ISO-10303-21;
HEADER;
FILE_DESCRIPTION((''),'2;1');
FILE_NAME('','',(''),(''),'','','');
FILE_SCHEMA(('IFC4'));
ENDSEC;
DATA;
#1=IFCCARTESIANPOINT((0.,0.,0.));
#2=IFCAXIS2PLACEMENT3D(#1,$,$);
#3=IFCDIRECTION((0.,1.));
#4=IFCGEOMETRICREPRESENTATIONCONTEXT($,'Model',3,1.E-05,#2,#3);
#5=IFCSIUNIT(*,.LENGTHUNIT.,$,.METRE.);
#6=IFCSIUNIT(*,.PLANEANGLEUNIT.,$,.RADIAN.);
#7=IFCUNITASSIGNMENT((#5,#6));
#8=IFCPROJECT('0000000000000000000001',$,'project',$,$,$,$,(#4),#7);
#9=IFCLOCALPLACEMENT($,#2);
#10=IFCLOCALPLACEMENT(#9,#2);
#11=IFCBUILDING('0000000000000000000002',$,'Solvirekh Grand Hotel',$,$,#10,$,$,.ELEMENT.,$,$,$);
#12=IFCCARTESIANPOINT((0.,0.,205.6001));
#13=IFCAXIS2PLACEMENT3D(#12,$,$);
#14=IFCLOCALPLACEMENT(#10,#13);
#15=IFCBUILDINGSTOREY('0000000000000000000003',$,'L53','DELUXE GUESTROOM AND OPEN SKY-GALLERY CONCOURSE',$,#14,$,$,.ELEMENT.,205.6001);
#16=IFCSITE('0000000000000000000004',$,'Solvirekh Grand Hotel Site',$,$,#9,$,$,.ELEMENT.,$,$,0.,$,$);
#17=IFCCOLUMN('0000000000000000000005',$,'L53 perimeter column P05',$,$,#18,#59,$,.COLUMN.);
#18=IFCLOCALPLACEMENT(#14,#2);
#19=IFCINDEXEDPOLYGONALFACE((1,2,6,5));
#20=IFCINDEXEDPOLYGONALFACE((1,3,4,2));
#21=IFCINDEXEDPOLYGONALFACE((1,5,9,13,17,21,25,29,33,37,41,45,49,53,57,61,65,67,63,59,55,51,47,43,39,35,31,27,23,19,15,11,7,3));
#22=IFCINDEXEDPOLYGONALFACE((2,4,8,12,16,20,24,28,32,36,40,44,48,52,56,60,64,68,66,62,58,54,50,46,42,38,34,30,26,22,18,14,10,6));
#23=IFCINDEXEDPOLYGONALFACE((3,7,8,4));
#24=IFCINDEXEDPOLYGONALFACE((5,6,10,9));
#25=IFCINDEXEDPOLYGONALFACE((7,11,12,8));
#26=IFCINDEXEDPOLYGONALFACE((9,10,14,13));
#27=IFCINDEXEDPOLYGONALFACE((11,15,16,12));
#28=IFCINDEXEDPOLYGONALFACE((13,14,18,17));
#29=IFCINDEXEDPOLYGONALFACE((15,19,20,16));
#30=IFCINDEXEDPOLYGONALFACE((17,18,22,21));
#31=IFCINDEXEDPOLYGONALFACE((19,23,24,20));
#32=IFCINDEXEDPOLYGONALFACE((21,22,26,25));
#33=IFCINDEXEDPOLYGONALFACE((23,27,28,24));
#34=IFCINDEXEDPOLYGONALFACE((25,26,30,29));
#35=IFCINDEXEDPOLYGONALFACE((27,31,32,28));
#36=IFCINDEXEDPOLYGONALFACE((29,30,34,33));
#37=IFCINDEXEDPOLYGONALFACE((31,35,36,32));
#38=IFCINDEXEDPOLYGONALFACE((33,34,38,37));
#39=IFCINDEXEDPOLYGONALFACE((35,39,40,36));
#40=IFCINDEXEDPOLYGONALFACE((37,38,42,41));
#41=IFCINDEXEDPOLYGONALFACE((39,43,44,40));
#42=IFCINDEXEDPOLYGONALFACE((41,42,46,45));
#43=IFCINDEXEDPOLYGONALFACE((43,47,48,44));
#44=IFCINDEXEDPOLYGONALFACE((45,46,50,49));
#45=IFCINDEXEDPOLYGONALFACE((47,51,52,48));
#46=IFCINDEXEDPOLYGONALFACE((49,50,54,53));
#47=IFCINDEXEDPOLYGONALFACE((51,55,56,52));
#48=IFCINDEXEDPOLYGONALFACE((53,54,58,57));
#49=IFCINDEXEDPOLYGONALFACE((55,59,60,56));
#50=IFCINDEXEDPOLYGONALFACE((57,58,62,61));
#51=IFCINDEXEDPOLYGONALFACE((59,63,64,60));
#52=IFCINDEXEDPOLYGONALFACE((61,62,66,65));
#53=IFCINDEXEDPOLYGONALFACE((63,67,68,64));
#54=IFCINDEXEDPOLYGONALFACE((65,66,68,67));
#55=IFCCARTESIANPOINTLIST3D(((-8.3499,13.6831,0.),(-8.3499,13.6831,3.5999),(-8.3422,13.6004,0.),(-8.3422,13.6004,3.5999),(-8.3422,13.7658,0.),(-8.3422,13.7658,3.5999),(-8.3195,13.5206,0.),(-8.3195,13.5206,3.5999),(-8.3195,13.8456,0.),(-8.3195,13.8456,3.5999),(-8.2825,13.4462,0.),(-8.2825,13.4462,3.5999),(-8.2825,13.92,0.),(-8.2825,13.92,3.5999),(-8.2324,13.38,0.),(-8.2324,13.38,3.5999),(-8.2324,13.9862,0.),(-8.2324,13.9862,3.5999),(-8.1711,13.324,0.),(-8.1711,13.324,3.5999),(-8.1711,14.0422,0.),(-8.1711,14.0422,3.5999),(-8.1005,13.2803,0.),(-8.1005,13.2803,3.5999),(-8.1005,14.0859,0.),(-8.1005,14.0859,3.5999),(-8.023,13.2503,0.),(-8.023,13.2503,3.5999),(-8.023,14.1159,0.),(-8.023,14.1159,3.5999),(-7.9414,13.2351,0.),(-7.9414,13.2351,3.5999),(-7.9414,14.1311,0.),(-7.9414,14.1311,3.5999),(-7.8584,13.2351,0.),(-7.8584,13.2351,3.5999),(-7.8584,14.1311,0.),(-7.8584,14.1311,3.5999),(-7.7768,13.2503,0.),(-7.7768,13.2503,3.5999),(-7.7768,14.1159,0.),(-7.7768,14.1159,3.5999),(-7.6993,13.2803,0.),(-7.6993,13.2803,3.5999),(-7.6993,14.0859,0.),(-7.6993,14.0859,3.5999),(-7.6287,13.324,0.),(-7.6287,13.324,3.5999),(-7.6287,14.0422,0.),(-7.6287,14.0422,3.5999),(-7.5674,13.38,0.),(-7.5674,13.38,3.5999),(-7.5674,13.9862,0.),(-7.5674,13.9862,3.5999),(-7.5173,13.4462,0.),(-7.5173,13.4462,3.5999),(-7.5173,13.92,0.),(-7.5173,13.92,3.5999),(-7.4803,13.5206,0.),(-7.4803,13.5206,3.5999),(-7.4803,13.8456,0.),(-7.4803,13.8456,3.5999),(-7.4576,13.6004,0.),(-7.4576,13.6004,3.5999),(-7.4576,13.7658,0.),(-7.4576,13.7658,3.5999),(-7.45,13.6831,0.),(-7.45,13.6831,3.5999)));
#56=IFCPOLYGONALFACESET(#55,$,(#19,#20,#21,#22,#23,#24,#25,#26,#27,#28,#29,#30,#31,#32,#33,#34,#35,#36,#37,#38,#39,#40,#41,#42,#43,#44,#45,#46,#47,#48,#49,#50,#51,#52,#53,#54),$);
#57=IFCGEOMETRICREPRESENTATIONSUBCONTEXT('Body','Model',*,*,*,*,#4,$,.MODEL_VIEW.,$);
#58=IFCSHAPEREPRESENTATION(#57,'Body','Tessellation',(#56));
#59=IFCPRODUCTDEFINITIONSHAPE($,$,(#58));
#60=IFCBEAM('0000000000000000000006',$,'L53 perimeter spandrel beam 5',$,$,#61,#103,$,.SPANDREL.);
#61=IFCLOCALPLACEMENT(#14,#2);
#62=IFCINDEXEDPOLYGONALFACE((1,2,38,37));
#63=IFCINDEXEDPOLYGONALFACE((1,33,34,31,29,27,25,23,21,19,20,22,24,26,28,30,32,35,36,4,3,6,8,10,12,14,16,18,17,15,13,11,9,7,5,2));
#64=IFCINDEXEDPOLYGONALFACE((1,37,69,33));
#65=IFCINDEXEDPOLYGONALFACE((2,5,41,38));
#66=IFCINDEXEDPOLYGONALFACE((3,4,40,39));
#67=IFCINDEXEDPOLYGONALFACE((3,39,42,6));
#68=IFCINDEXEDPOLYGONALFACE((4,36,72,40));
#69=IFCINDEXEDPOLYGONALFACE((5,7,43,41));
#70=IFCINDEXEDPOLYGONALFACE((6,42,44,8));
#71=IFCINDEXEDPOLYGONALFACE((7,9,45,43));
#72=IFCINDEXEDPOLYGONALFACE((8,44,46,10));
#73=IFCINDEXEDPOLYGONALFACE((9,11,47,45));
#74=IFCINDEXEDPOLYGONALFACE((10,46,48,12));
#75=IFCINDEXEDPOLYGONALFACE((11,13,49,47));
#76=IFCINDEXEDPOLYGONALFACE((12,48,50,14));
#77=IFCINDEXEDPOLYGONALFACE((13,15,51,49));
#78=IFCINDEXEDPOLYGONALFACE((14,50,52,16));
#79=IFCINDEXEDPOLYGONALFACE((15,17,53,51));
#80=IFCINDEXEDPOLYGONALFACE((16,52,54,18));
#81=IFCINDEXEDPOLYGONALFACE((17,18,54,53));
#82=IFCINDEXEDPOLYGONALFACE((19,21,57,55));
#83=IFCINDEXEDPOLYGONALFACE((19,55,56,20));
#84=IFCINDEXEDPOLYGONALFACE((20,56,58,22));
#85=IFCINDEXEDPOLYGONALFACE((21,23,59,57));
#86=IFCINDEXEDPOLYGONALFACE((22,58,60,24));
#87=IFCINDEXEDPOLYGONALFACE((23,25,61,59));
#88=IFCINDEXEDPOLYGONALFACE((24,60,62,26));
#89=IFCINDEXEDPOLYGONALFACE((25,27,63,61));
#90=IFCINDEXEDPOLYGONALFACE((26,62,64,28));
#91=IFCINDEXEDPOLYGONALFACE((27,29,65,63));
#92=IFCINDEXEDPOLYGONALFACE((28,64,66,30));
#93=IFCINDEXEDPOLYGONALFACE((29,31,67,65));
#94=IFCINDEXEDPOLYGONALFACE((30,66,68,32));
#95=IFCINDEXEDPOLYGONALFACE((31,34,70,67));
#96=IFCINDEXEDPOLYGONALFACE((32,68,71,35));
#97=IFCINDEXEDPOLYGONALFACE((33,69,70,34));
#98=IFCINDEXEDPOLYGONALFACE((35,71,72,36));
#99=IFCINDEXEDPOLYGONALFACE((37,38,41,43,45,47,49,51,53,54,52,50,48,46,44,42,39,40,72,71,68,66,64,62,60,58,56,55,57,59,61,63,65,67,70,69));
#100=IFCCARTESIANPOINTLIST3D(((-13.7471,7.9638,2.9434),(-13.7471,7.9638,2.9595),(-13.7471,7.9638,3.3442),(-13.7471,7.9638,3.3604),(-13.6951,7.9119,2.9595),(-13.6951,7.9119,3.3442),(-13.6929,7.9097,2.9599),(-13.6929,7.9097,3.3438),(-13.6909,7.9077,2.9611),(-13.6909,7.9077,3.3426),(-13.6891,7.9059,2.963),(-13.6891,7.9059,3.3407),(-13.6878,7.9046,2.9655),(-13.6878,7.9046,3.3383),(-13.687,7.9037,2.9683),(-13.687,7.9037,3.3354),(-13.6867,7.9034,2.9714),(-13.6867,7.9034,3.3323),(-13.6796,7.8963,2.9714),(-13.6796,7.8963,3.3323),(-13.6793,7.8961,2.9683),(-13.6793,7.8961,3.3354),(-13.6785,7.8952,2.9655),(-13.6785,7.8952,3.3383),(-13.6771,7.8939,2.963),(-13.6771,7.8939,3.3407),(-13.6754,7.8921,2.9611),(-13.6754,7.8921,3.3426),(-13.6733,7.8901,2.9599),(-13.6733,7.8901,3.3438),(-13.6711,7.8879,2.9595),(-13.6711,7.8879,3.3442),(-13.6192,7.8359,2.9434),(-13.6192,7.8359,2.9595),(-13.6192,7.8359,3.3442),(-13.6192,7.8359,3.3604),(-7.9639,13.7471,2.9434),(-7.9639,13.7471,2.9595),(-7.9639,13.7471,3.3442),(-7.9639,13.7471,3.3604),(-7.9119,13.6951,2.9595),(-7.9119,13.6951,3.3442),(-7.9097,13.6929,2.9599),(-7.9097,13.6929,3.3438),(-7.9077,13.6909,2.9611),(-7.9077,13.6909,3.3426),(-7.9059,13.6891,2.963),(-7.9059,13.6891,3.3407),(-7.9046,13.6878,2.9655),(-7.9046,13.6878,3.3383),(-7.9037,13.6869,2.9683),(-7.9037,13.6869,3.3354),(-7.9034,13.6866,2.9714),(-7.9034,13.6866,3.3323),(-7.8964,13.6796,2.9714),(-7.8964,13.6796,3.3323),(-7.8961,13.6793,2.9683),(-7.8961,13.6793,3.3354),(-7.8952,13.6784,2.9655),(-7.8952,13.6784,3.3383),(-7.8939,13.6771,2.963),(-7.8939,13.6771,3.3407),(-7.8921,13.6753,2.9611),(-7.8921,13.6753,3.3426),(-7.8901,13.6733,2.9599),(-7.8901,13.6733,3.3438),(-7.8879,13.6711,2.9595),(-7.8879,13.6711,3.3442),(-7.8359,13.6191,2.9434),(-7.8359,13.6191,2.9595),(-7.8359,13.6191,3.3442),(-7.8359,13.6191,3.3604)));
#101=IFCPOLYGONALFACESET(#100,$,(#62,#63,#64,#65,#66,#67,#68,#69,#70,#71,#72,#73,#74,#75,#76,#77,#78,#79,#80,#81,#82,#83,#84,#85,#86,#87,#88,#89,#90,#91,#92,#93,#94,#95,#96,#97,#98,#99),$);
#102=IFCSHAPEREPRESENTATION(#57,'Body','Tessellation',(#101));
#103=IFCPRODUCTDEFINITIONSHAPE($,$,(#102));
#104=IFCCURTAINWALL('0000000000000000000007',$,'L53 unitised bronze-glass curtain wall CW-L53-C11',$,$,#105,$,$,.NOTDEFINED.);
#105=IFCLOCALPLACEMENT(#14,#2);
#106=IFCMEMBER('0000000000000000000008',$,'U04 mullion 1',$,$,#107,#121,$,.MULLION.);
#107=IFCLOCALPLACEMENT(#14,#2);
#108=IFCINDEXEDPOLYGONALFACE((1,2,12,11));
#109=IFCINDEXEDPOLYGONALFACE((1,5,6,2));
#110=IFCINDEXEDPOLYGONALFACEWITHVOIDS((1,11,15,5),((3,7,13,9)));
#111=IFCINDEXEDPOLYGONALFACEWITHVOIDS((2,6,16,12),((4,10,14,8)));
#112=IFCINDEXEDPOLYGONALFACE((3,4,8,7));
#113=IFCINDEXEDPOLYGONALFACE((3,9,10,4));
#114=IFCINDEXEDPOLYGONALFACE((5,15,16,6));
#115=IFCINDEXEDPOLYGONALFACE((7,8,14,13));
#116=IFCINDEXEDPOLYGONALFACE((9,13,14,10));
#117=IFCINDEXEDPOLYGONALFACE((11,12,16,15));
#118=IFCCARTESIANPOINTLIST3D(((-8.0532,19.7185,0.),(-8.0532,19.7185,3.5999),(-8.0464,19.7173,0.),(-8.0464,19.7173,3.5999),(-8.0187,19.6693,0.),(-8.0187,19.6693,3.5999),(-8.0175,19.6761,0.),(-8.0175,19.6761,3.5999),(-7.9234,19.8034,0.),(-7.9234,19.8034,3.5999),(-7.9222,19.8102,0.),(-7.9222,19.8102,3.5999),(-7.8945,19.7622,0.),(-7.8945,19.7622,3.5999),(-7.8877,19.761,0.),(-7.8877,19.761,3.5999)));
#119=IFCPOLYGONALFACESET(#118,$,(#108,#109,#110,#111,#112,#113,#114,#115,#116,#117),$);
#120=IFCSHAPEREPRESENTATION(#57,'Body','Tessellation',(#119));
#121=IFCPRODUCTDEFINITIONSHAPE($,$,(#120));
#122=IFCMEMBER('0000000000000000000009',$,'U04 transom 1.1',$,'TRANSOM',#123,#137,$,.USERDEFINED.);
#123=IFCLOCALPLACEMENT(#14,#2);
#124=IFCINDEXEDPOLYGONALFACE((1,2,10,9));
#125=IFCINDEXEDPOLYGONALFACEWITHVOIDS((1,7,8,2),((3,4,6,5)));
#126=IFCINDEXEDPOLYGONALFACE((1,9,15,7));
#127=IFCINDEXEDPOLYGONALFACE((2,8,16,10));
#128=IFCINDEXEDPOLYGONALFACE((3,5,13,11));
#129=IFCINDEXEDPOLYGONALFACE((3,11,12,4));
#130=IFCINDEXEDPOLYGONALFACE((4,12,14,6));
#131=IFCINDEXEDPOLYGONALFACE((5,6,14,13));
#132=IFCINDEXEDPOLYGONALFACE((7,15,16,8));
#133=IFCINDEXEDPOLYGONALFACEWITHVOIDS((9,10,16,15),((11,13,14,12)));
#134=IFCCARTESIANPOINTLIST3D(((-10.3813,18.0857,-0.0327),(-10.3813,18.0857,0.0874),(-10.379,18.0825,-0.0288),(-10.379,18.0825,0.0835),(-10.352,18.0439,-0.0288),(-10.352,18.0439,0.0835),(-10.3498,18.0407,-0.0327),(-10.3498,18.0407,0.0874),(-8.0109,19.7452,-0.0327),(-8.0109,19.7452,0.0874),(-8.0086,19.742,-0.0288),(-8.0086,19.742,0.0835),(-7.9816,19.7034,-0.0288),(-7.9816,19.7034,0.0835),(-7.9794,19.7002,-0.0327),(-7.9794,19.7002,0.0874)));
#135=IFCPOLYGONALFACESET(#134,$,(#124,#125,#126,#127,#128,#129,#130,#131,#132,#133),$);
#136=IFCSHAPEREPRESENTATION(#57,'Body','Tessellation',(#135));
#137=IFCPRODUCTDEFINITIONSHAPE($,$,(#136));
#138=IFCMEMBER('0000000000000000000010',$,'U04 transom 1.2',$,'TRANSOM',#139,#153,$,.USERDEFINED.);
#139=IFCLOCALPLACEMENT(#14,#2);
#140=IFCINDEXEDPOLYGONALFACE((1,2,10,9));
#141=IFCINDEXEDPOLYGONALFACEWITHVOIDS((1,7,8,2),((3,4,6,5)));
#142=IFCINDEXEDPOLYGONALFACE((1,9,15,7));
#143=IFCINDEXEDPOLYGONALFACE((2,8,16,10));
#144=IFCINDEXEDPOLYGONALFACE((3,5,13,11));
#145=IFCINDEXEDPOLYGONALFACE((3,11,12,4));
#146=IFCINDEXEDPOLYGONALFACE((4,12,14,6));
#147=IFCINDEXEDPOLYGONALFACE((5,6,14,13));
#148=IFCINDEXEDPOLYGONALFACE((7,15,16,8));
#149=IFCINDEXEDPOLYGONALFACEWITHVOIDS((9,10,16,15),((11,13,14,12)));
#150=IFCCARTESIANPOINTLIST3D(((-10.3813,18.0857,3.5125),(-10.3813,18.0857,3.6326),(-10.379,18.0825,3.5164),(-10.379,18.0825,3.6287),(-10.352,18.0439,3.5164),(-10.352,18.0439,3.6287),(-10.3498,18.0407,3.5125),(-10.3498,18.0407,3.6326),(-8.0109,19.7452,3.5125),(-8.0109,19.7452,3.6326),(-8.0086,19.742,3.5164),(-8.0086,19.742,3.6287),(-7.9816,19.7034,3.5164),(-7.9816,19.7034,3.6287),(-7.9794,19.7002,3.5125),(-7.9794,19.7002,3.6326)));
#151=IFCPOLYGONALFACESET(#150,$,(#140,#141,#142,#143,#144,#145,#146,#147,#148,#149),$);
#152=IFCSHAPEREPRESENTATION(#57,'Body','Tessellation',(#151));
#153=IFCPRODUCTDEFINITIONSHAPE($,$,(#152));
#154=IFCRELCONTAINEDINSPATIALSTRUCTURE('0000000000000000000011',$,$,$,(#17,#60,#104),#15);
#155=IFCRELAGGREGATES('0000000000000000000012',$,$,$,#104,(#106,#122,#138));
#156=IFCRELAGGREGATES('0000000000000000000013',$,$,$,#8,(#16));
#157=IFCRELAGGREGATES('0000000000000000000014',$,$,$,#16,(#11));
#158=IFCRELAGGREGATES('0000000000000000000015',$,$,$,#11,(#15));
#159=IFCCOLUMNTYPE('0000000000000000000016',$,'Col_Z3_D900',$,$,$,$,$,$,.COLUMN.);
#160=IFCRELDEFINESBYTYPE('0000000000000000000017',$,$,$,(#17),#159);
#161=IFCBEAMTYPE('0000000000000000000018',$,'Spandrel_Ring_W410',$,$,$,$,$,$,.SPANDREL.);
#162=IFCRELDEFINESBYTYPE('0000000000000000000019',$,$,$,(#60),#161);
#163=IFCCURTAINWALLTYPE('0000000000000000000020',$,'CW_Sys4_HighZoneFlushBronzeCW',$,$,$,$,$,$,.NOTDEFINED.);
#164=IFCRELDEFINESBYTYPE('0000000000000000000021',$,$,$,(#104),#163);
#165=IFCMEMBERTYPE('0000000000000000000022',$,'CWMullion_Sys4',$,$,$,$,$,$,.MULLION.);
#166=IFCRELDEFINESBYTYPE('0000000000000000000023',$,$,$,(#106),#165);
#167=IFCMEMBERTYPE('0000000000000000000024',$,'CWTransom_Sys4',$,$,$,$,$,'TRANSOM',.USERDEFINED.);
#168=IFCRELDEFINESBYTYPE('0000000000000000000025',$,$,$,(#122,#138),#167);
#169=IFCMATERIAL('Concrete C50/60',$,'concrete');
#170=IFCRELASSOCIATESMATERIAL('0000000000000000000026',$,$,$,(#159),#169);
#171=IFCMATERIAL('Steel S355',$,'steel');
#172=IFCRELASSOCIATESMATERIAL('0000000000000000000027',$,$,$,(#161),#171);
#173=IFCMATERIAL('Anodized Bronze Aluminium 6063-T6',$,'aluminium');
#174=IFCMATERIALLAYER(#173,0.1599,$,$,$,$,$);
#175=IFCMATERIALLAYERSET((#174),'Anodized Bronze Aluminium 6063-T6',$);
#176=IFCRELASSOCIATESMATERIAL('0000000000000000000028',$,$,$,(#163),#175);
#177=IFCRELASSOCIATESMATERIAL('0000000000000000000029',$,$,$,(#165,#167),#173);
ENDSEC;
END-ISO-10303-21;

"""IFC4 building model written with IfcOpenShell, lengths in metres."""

from ifc_helpers import new_model, si_unit, direction, frame, origin, origin_2d, place, context, subcontext, project, spatial, hollow_rectangle, circle, i_section, extrude, source, transform, mapped, material, layer, layer_set, material_profile, profile_set, type_object, element, aggregate, save


model = new_model("IFC4")

# Units and contexts
model_context = context("Model", 3, precision=1e-05, world=origin(), true_north=direction((0.0, 1.0)))
body_context = subcontext(model_context, "Body", "Model", "MODEL_VIEW")
ifc_project = project(units=[si_unit("LENGTHUNIT", "METRE"), si_unit("PLANEANGLEUNIT", "RADIAN")], contexts=[model_context])

# Site, building, storey
site_placement = place(None, origin())
site = spatial("IfcSite", under=ifc_project, at=site_placement, Name="Solvirekh Grand Hotel Site", CompositionType="ELEMENT", RefElevation=0.0)
building_placement = place(site_placement, origin())
building = spatial("IfcBuilding", under=site, at=building_placement, Name="Solvirekh Grand Hotel", CompositionType="ELEMENT")
storey_placement = place(building_placement, frame((0.0, 0.0, 205.6001)))
storey = spatial("IfcBuildingStorey", under=building, at=storey_placement, Name="L53", Description="DELUXE GUESTROOM AND OPEN SKY-GALLERY CONCOURSE", CompositionType="ELEMENT", Elevation=205.6001)

# Column
ifc_material_1 = material(Name="Concrete C50/60", Category="concrete")
ifc_material_profile_1 = material_profile(ifc_material_1, circle(Radius=0.45, at=origin_2d()), Name="RC CIRC D900")
ifc_profile_set_1 = profile_set([ifc_material_profile_1], Name="Concrete C50/60")
column_type = type_object("IfcColumnType", Name="Col_Z3_D900", PredefinedType="COLUMN", material=ifc_profile_set_1)
column_placement = place(storey_placement, frame((-7.8999, 13.6831, 0.0), z_axis=(0.0, 0.0, 1.0), x_axis=(1.0, 0.0, 0.0)))
element("IfcColumn", 1, at=column_placement, inside=storey, type_object=column_type, Name="L53 perimeter column P05", PredefinedType="COLUMN", context=body_context, shape_type="SweptSolid", body=[
    extrude(circle(Radius=0.45, at=origin_2d()), origin(), (0.0, 0.0, 1.0), 3.5999),
])

# Beam
ifc_material_2 = material(Name="Steel S355", Category="steel")
ifc_material_profile_2 = material_profile(ifc_material_2, i_section(OverallWidth=0.1809, OverallDepth=0.417, WebThickness=0.01, FlangeThickness=0.0161, FilletRadius=0.012, at=origin_2d()), Name="W410X85")
ifc_profile_set_2 = profile_set([ifc_material_profile_2], Name="Steel S355")
beam_type = type_object("IfcBeamType", Name="Spandrel_Ring_W410", PredefinedType="SPANDREL", material=ifc_profile_set_2)
beam_placement = place(storey_placement, frame((-7.8999, 13.6831, 3.1519), z_axis=(-0.707107, -0.707107, 0.0), x_axis=(0.707107, -0.707107, 0.0)))
element("IfcBeam", 2, at=beam_placement, inside=storey, type_object=beam_type, Name="L53 perimeter spandrel beam 5", PredefinedType="SPANDREL", context=body_context, shape_type="SweptSolid", body=[
    extrude(i_section(OverallWidth=0.1809, OverallDepth=0.417, WebThickness=0.01, FlangeThickness=0.0161, FilletRadius=0.012, at=origin_2d()), origin(), (0.0, 0.0, 1.0), 8.1787),
])

# Curtain wall, members
ifc_material_3 = material(Name="Anodized Bronze Aluminium 6063-T6", Category="aluminium")
ifc_layer_1 = layer(ifc_material_3, 0.1599)
ifc_layer_set_1 = layer_set([ifc_layer_1], Name="Anodized Bronze Aluminium 6063-T6")
curtain_wall_type = type_object("IfcCurtainWallType", Name="CW_Sys4_HighZoneFlushBronzeCW", PredefinedType="NOTDEFINED", material=ifc_layer_set_1)
curtain_wall_placement = place(storey_placement, origin())
curtain_wall = element("IfcCurtainWall", 3, at=curtain_wall_placement, inside=storey, type_object=curtain_wall_type, Name="L53 unitised bronze-glass curtain wall CW-L53-C11", PredefinedType="NOTDEFINED")
ifc_material_profile_3 = material_profile(ifc_material_3, hollow_rectangle(XDim=0.0601, YDim=0.1599, WallThickness=0.0049, at=origin_2d()), Name="ALU RHS 160X60X5")
ifc_profile_set_3 = profile_set([ifc_material_profile_3], Name="Anodized Bronze Aluminium 6063-T6")
member_type_1 = type_object("IfcMemberType", Name="CWMullion_Sys4", PredefinedType="MULLION", material=ifc_profile_set_3)
shared_shape_1 = source(origin(), body_context, "Body", "SweptSolid", [
    extrude(hollow_rectangle(XDim=0.0601, YDim=0.1599, WallThickness=0.0049, at=origin_2d()), origin(), (0.0, 0.0, 1.0), 3.5999),
])
member_1_placement = place(storey_placement, frame((-7.9705, 19.7397, 0.0), z_axis=(0.0, 0.0, 1.0), x_axis=(0.573507, -0.8192, 0.0)))
member_1 = element("IfcMember", 4, at=member_1_placement, type_object=member_type_1, Name="U04 mullion 1", PredefinedType="MULLION", context=body_context, shape_type="MappedRepresentation", body=[
    mapped(shared_shape_1, transform((0.0, 0.0, 0.0), x_axis=(1.0, 0.0, 0.0), y_axis=(0.0, 1.0, 0.0), z_axis=(0.0, 0.0, 1.0), scale=1.0)),
])
ifc_material_profile_4 = material_profile(ifc_material_3, hollow_rectangle(XDim=0.0549, YDim=0.1201, WallThickness=0.0039, at=origin_2d()), Name="ALU RHS 120X55X4")
ifc_profile_set_4 = profile_set([ifc_material_profile_4], Name="Anodized Bronze Aluminium 6063-T6")
member_type_2 = type_object("IfcMemberType", Name="CWTransom_Sys4", ElementType="TRANSOM", PredefinedType="USERDEFINED", material=ifc_profile_set_4)
shared_shape_2 = source(origin(), body_context, "Body", "SweptSolid", [
    extrude(hollow_rectangle(XDim=0.0549, YDim=0.1201, WallThickness=0.0039, at=origin_2d()), origin(), (0.0, 0.0, 1.0), 2.8936),
])
member_2_placement = place(storey_placement, frame((-7.9951, 19.7227, 0.0273), z_axis=(-0.819204, -0.573502, 0.0), x_axis=(0.573502, -0.819204, 0.0)))
member_2 = element("IfcMember", 5, at=member_2_placement, type_object=member_type_2, Name="U04 transom 1.1", ObjectType="TRANSOM", PredefinedType="USERDEFINED", context=body_context, shape_type="MappedRepresentation", body=[
    mapped(shared_shape_2, transform((0.0, 0.0, 0.0), x_axis=(1.0, 0.0, 0.0), y_axis=(0.0, 1.0, 0.0), z_axis=(0.0, 0.0, 1.0), scale=1.0)),
])
member_3_placement = place(storey_placement, frame((-7.9951, 19.7227, 3.5725), z_axis=(-0.819204, -0.573502, 0.0), x_axis=(0.573502, -0.819204, 0.0)))
member_3 = element("IfcMember", 6, at=member_3_placement, type_object=member_type_2, Name="U04 transom 1.2", ObjectType="TRANSOM", PredefinedType="USERDEFINED", context=body_context, shape_type="MappedRepresentation", body=[
    mapped(shared_shape_2, transform((0.0, 0.0, 0.0), x_axis=(1.0, 0.0, 0.0), y_axis=(0.0, 1.0, 0.0), z_axis=(0.0, 0.0, 1.0), scale=1.0)),
])
aggregate(curtain_wall, [member_1, member_2, member_3])

save(model, "model.ifc")
